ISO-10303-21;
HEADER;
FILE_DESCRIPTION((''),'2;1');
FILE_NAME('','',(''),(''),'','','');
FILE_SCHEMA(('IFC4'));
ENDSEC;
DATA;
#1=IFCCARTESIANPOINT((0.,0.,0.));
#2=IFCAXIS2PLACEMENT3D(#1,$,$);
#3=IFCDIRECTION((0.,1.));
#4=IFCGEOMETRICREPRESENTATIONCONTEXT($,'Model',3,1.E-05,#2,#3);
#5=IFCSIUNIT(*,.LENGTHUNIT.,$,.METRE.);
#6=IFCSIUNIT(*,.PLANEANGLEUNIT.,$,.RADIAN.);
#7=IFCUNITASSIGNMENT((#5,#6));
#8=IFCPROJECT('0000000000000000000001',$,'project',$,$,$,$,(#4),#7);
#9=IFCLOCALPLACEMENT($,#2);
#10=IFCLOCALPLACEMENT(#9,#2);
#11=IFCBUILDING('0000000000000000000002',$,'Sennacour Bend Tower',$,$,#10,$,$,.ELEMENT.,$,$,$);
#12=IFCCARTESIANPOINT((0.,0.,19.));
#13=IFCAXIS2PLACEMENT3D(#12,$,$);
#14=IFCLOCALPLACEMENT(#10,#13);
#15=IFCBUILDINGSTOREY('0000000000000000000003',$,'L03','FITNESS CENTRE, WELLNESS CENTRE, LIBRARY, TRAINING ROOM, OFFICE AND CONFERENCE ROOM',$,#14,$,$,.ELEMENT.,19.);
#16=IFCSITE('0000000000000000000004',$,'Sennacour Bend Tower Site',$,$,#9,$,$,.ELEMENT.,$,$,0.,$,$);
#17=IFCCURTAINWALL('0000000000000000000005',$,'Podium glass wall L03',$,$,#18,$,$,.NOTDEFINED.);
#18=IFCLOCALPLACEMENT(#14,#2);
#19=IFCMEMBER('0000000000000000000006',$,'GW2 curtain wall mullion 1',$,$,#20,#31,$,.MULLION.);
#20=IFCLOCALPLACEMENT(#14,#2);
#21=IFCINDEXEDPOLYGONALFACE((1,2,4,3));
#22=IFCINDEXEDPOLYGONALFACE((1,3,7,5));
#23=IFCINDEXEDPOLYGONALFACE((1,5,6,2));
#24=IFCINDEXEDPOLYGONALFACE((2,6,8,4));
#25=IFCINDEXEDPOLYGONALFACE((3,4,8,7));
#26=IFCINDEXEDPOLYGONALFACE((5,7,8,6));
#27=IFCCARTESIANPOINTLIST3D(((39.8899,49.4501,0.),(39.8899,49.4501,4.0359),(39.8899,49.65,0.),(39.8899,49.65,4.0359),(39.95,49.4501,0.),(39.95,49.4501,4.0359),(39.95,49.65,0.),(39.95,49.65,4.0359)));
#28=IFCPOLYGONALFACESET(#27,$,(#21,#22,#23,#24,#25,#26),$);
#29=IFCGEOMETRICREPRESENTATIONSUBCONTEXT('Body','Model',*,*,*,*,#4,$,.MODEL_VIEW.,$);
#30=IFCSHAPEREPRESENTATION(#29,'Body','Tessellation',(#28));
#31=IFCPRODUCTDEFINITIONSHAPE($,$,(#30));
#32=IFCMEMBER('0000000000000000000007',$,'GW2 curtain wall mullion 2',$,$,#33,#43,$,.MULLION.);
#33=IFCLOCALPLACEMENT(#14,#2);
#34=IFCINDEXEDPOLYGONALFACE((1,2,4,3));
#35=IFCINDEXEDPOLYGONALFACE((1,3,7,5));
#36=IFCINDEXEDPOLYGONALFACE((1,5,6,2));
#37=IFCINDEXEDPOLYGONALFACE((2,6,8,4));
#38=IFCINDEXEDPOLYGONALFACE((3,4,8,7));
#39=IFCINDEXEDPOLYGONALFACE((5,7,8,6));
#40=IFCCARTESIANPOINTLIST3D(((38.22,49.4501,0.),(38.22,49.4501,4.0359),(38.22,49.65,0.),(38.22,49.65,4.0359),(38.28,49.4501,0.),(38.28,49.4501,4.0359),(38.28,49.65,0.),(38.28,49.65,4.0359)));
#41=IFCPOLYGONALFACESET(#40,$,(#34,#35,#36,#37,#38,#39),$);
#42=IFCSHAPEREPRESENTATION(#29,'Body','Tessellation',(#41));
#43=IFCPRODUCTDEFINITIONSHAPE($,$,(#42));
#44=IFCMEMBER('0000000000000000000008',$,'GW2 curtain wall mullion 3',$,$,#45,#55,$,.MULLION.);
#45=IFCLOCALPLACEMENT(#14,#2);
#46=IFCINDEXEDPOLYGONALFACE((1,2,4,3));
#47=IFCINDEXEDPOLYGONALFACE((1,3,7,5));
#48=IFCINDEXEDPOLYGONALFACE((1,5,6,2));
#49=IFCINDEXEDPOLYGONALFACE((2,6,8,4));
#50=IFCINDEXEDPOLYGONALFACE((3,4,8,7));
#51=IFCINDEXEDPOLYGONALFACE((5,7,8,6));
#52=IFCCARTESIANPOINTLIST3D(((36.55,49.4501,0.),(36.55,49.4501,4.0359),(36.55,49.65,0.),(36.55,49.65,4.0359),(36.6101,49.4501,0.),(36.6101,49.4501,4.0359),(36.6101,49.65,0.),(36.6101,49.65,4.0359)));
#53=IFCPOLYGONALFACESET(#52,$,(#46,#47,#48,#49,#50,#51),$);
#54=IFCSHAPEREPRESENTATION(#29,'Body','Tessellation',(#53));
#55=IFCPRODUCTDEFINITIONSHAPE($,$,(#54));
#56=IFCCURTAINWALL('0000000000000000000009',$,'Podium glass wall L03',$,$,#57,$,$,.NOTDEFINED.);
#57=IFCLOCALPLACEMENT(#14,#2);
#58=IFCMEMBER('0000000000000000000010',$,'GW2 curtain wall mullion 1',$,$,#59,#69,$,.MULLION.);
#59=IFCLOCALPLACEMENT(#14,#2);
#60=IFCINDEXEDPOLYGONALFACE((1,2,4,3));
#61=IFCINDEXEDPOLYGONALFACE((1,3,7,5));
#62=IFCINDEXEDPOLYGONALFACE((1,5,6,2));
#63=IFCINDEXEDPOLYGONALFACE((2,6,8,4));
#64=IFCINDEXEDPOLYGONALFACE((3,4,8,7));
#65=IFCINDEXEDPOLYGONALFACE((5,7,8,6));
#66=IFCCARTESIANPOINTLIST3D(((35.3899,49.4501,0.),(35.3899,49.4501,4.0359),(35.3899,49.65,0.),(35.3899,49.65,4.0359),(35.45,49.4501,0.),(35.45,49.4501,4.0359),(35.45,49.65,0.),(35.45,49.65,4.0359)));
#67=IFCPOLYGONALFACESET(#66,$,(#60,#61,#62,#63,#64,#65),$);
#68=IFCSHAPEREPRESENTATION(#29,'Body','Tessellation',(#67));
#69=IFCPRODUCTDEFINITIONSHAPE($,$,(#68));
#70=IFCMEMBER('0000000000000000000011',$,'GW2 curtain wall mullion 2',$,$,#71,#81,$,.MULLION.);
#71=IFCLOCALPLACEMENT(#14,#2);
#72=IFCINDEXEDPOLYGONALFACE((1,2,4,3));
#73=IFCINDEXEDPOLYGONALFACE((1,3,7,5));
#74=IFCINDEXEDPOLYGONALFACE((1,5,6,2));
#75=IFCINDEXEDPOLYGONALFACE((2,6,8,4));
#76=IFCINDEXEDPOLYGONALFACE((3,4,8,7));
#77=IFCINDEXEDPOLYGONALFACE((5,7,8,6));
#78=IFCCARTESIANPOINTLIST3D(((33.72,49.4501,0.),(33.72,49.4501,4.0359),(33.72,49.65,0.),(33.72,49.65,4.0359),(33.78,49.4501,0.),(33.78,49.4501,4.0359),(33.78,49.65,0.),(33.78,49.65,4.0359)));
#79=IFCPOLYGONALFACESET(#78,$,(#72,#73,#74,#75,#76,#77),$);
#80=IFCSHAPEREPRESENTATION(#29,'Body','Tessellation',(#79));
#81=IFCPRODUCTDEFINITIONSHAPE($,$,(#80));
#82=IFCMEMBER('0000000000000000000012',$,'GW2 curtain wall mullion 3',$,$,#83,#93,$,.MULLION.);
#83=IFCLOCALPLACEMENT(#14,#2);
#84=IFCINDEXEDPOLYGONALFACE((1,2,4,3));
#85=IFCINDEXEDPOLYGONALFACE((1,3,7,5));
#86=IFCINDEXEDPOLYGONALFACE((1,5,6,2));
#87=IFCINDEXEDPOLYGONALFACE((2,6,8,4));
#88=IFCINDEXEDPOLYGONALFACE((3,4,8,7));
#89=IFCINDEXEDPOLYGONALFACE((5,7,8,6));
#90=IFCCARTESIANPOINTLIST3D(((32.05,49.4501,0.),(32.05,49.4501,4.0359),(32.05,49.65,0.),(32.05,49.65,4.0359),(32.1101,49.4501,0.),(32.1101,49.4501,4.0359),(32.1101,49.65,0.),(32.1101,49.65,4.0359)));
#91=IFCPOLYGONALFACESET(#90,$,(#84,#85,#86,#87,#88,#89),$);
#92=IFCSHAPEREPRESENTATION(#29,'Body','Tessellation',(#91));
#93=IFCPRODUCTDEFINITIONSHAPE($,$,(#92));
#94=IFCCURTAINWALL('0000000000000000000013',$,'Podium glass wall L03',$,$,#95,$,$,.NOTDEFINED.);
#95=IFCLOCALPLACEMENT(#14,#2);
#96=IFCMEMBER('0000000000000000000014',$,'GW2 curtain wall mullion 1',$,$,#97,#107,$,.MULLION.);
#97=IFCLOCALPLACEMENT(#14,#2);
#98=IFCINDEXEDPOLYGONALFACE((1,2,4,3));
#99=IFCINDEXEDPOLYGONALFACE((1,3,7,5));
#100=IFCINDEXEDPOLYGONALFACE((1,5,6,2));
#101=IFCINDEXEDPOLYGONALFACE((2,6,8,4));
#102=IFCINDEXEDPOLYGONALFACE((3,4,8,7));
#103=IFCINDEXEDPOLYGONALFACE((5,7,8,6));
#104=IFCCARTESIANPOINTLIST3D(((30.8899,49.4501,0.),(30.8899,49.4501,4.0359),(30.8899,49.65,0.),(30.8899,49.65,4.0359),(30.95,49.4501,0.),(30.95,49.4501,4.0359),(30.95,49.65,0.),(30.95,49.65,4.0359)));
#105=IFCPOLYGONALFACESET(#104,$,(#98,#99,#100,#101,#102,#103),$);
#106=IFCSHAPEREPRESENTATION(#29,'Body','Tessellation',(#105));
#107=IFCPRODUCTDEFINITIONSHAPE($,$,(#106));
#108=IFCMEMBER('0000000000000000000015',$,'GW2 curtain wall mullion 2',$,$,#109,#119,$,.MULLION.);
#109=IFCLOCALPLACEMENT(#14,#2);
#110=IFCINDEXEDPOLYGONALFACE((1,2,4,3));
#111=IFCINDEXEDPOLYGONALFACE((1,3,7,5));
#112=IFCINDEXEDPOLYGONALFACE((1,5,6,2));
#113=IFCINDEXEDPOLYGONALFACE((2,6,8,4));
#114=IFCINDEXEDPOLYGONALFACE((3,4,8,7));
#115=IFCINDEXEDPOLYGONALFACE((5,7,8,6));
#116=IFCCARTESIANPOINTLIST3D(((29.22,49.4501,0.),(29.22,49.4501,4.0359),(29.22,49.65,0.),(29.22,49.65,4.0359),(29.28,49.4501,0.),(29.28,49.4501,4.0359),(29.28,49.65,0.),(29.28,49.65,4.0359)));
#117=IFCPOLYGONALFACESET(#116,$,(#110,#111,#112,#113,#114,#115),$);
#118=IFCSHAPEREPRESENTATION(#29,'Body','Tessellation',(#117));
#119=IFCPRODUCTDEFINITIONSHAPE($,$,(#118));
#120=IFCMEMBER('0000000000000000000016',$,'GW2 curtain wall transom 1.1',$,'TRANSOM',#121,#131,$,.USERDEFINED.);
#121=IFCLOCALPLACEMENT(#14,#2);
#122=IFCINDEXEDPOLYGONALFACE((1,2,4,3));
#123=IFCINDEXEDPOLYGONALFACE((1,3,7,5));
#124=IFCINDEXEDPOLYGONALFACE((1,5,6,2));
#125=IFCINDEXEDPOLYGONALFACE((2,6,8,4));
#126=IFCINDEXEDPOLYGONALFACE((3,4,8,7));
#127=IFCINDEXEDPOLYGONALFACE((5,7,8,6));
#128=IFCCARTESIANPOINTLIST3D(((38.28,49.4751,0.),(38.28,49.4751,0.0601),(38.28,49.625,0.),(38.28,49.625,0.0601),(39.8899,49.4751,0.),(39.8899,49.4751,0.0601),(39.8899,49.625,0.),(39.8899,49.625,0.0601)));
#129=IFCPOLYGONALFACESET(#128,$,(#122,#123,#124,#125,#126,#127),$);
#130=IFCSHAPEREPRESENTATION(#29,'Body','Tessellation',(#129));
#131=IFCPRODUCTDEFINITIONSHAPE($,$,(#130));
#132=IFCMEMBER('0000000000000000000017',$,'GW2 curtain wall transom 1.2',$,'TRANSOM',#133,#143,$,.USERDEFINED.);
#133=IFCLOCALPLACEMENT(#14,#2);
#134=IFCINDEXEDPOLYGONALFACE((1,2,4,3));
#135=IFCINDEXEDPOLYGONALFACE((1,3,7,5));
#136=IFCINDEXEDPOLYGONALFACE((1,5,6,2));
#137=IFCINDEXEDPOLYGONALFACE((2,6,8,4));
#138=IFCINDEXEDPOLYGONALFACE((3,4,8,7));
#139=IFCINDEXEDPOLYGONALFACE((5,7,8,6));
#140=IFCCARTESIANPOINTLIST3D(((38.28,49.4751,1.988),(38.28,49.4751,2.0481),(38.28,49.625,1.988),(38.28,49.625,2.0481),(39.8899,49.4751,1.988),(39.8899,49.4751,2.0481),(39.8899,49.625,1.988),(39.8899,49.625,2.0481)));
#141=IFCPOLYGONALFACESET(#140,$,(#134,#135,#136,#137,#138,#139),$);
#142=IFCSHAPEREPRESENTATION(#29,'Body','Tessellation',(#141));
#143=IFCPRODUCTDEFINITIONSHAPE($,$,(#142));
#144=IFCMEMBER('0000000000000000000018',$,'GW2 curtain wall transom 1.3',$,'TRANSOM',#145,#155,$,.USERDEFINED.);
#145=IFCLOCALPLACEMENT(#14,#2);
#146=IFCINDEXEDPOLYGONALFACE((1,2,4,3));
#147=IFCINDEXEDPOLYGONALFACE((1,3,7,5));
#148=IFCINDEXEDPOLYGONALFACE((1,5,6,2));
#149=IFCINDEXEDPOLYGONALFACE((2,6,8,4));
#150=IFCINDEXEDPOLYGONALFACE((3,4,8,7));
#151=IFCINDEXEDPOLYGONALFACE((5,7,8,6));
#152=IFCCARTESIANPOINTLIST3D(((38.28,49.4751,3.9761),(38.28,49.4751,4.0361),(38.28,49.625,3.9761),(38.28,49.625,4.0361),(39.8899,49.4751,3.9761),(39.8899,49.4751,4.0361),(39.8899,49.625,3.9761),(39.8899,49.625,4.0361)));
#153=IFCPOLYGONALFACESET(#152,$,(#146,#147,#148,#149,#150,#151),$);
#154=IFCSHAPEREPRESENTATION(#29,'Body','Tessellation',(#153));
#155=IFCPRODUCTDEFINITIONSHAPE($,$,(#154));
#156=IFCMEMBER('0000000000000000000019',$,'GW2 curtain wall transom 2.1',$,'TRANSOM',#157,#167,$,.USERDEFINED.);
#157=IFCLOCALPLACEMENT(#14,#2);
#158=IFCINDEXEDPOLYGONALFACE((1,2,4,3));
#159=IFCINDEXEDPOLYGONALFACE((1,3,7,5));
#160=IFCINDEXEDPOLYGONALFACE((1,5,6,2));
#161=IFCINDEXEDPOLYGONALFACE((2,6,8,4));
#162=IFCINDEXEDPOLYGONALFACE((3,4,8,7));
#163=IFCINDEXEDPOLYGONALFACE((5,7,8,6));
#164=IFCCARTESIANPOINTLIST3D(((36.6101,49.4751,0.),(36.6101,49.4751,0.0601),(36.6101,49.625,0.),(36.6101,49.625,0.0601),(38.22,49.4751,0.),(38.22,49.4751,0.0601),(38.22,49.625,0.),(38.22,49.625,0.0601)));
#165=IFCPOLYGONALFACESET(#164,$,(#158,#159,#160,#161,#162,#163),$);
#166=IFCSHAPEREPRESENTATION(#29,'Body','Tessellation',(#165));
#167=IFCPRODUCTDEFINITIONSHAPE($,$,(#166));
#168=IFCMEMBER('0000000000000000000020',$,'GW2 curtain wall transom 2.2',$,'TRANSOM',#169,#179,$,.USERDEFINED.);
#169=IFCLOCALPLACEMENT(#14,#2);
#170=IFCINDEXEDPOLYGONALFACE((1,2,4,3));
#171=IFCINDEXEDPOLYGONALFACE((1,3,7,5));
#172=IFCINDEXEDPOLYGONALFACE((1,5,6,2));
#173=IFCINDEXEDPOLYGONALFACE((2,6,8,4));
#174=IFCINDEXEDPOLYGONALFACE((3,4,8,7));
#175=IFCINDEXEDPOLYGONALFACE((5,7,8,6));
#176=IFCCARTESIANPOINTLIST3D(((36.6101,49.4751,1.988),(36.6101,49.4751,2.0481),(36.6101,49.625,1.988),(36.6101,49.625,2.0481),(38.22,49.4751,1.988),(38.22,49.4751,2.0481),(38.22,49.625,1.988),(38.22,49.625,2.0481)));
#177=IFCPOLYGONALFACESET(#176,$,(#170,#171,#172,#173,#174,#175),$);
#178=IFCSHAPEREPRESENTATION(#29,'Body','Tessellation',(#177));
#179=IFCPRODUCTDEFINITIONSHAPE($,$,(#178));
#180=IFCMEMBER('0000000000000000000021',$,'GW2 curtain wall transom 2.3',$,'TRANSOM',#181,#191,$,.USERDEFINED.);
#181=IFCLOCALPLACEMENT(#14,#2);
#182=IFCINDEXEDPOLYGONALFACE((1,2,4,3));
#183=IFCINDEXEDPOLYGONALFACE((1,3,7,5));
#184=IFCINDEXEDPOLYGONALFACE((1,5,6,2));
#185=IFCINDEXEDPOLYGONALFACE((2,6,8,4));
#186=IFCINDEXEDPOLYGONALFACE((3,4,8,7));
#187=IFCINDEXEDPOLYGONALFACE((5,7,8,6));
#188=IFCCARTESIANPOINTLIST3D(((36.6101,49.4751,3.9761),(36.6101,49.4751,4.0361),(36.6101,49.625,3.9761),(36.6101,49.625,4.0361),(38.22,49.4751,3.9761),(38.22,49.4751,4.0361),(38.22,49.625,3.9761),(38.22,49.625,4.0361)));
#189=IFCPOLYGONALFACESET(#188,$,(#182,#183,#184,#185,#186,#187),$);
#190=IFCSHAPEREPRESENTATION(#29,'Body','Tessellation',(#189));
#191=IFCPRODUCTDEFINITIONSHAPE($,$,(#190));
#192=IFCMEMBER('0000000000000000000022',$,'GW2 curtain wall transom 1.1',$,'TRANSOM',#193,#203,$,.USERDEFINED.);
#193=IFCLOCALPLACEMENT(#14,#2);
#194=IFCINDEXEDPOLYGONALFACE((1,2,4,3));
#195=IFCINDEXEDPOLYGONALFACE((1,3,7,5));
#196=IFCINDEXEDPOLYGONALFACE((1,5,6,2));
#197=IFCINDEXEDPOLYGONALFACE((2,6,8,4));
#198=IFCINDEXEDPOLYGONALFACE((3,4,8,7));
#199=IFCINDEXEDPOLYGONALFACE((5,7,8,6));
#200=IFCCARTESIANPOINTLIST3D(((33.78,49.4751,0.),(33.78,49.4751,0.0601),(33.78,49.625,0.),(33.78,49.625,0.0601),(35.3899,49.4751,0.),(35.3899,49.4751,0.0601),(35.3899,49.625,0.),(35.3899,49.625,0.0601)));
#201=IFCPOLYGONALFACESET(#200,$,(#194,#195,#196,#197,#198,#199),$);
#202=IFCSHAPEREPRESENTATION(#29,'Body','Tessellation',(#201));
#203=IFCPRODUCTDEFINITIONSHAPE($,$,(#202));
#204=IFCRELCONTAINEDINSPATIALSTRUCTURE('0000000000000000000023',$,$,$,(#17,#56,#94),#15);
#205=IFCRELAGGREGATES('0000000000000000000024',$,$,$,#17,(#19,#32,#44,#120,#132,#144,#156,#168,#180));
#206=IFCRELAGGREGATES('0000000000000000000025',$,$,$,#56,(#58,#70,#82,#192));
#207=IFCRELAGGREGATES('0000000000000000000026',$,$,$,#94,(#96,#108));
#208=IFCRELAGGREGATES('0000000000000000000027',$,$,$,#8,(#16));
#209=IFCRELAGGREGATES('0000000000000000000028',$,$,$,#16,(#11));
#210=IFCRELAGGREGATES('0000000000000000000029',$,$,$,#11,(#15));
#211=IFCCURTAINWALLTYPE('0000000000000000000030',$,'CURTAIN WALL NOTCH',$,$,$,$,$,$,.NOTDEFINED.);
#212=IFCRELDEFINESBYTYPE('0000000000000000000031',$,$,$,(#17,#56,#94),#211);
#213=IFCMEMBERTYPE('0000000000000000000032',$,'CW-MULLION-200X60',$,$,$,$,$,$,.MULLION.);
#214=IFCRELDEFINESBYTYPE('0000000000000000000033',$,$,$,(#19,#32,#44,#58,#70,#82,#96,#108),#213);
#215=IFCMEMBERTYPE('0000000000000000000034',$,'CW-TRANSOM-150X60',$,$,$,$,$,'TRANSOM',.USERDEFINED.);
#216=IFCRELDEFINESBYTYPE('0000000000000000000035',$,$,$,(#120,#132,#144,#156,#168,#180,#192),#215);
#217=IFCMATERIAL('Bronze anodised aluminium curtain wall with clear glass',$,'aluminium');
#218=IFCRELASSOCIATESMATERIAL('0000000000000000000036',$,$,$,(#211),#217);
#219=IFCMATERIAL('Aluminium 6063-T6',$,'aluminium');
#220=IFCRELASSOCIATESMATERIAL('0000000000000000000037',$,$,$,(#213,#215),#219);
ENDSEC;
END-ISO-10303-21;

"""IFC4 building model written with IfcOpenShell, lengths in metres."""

from ifc_helpers import new_model, si_unit, direction, frame, origin, origin_2d, place, context, subcontext, project, spatial, rectangle, extrude, material, material_profile, profile_set, type_object, element, aggregate, save


model = new_model("IFC4")

# Units and contexts
model_context = context("Model", 3, precision=1e-05, world=origin(), true_north=direction((0.0, 1.0)))
body_context = subcontext(model_context, "Body", "Model", "MODEL_VIEW")
ifc_project = project(units=[si_unit("LENGTHUNIT", "METRE"), si_unit("PLANEANGLEUNIT", "RADIAN")], contexts=[model_context])

# Site, building, storey
site_placement = place(None, origin())
site = spatial("IfcSite", under=ifc_project, at=site_placement, Name="Sennacour Bend Tower Site", CompositionType="ELEMENT", RefElevation=0.0)
building_placement = place(site_placement, origin())
building = spatial("IfcBuilding", under=site, at=building_placement, Name="Sennacour Bend Tower", CompositionType="ELEMENT")
storey_placement = place(building_placement, frame((0.0, 0.0, 19.0)))
storey = spatial("IfcBuildingStorey", under=building, at=storey_placement, Name="L03", Description="FITNESS CENTRE, WELLNESS CENTRE, LIBRARY, TRAINING ROOM, OFFICE AND CONFERENCE ROOM", CompositionType="ELEMENT", Elevation=19.0)

# Curtain walls, members
ifc_material_1 = material(Name="Bronze anodised aluminium curtain wall with clear glass", Category="aluminium")
curtain_wall_type = type_object("IfcCurtainWallType", Name="CURTAIN WALL NOTCH", PredefinedType="NOTDEFINED", material=ifc_material_1)
curtain_wall_1_placement = place(storey_placement, origin())
curtain_wall_1 = element("IfcCurtainWall", 1, at=curtain_wall_1_placement, inside=storey, type_object=curtain_wall_type, Name="Podium glass wall L03", PredefinedType="NOTDEFINED")
ifc_material_2 = material(Name="Aluminium 6063-T6", Category="aluminium")
ifc_material_profile_1 = material_profile(ifc_material_2, rectangle(XDim=0.2, YDim=0.0601, at=origin_2d()), Name="Aluminium 6063-T6", Category="aluminium")
ifc_profile_set_1 = profile_set([ifc_material_profile_1], Name="Aluminium 6063-T6")
member_type_1 = type_object("IfcMemberType", Name="CW-MULLION-200X60", PredefinedType="MULLION", material=ifc_profile_set_1)
member_1_placement = place(storey_placement, frame((39.9199, 49.55, 0.0), z_axis=(0.0, 0.0, 1.0), x_axis=(0.0, -1.0, 0.0)))
member_1 = element("IfcMember", 2, at=member_1_placement, type_object=member_type_1, Name="GW2 curtain wall mullion 1", PredefinedType="MULLION", context=body_context, shape_type="SweptSolid", body=[
    extrude(rectangle(XDim=0.2, YDim=0.0601, at=origin_2d()), origin(), (0.0, 0.0, 1.0), 4.0359),
])
member_2_placement = place(storey_placement, frame((38.25, 49.55, 0.0), z_axis=(0.0, 0.0, 1.0), x_axis=(0.0, -1.0, 0.0)))
member_2 = element("IfcMember", 3, at=member_2_placement, type_object=member_type_1, Name="GW2 curtain wall mullion 2", PredefinedType="MULLION", context=body_context, shape_type="SweptSolid", body=[
    extrude(rectangle(XDim=0.2, YDim=0.0601, at=origin_2d()), origin(), (0.0, 0.0, 1.0), 4.0359),
])
member_3_placement = place(storey_placement, frame((36.5801, 49.55, 0.0), z_axis=(0.0, 0.0, 1.0), x_axis=(0.0, -1.0, 0.0)))
member_3 = element("IfcMember", 4, at=member_3_placement, type_object=member_type_1, Name="GW2 curtain wall mullion 3", PredefinedType="MULLION", context=body_context, shape_type="SweptSolid", body=[
    extrude(rectangle(XDim=0.2, YDim=0.0601, at=origin_2d()), origin(), (0.0, 0.0, 1.0), 4.0359),
])
curtain_wall_2_placement = place(storey_placement, origin())
curtain_wall_2 = element("IfcCurtainWall", 5, at=curtain_wall_2_placement, inside=storey, type_object=curtain_wall_type, Name="Podium glass wall L03", PredefinedType="NOTDEFINED")
member_4_placement = place(storey_placement, frame((35.4199, 49.55, 0.0), z_axis=(0.0, 0.0, 1.0), x_axis=(0.0, -1.0, 0.0)))
member_4 = element("IfcMember", 6, at=member_4_placement, type_object=member_type_1, Name="GW2 curtain wall mullion 1", PredefinedType="MULLION", context=body_context, shape_type="SweptSolid", body=[
    extrude(rectangle(XDim=0.2, YDim=0.0601, at=origin_2d()), origin(), (0.0, 0.0, 1.0), 4.0359),
])
member_5_placement = place(storey_placement, frame((33.75, 49.55, 0.0), z_axis=(0.0, 0.0, 1.0), x_axis=(0.0, -1.0, 0.0)))
member_5 = element("IfcMember", 7, at=member_5_placement, type_object=member_type_1, Name="GW2 curtain wall mullion 2", PredefinedType="MULLION", context=body_context, shape_type="SweptSolid", body=[
    extrude(rectangle(XDim=0.2, YDim=0.0601, at=origin_2d()), origin(), (0.0, 0.0, 1.0), 4.0359),
])
member_6_placement = place(storey_placement, frame((32.0801, 49.55, 0.0), z_axis=(0.0, 0.0, 1.0), x_axis=(0.0, -1.0, 0.0)))
member_6 = element("IfcMember", 8, at=member_6_placement, type_object=member_type_1, Name="GW2 curtain wall mullion 3", PredefinedType="MULLION", context=body_context, shape_type="SweptSolid", body=[
    extrude(rectangle(XDim=0.2, YDim=0.0601, at=origin_2d()), origin(), (0.0, 0.0, 1.0), 4.0359),
])
curtain_wall_3_placement = place(storey_placement, origin())
curtain_wall_3 = element("IfcCurtainWall", 9, at=curtain_wall_3_placement, inside=storey, type_object=curtain_wall_type, Name="Podium glass wall L03", PredefinedType="NOTDEFINED")
member_7_placement = place(storey_placement, frame((30.9199, 49.55, 0.0), z_axis=(0.0, 0.0, 1.0), x_axis=(0.0, -1.0, 0.0)))
member_7 = element("IfcMember", 10, at=member_7_placement, type_object=member_type_1, Name="GW2 curtain wall mullion 1", PredefinedType="MULLION", context=body_context, shape_type="SweptSolid", body=[
    extrude(rectangle(XDim=0.2, YDim=0.0601, at=origin_2d()), origin(), (0.0, 0.0, 1.0), 4.0359),
])
member_8_placement = place(storey_placement, frame((29.25, 49.55, 0.0), z_axis=(0.0, 0.0, 1.0), x_axis=(0.0, -1.0, 0.0)))
member_8 = element("IfcMember", 11, at=member_8_placement, type_object=member_type_1, Name="GW2 curtain wall mullion 2", PredefinedType="MULLION", context=body_context, shape_type="SweptSolid", body=[
    extrude(rectangle(XDim=0.2, YDim=0.0601, at=origin_2d()), origin(), (0.0, 0.0, 1.0), 4.0359),
])

# Members
ifc_material_profile_2 = material_profile(ifc_material_2, rectangle(XDim=0.1499, YDim=0.0601, at=origin_2d()), Name="Aluminium 6063-T6", Category="aluminium")
ifc_profile_set_2 = profile_set([ifc_material_profile_2], Name="Aluminium 6063-T6")
member_type_2 = type_object("IfcMemberType", Name="CW-TRANSOM-150X60", ElementType="TRANSOM", PredefinedType="USERDEFINED", material=ifc_profile_set_2)
member_9_placement = place(storey_placement, frame((39.8899, 49.55, 0.03), z_axis=(-1.0, 0.0, 0.0), x_axis=(0.0, -1.0, 0.0)))
member_9 = element("IfcMember", 12, at=member_9_placement, type_object=member_type_2, Name="GW2 curtain wall transom 1.1", ObjectType="TRANSOM", PredefinedType="USERDEFINED", context=body_context, shape_type="SweptSolid", body=[
    extrude(rectangle(XDim=0.1499, YDim=0.0601, at=origin_2d()), origin(), (0.0, 0.0, 1.0), 1.6099),
])
member_10_placement = place(storey_placement, frame((39.8899, 49.55, 2.0181), z_axis=(-1.0, 0.0, 0.0), x_axis=(0.0, -1.0, 0.0)))
member_10 = element("IfcMember", 13, at=member_10_placement, type_object=member_type_2, Name="GW2 curtain wall transom 1.2", ObjectType="TRANSOM", PredefinedType="USERDEFINED", context=body_context, shape_type="SweptSolid", body=[
    extrude(rectangle(XDim=0.1499, YDim=0.0601, at=origin_2d()), origin(), (0.0, 0.0, 1.0), 1.6099),
])
member_11_placement = place(storey_placement, frame((39.8899, 49.55, 4.0061), z_axis=(-1.0, 0.0, 0.0), x_axis=(0.0, -1.0, 0.0)))
member_11 = element("IfcMember", 14, at=member_11_placement, type_object=member_type_2, Name="GW2 curtain wall transom 1.3", ObjectType="TRANSOM", PredefinedType="USERDEFINED", context=body_context, shape_type="SweptSolid", body=[
    extrude(rectangle(XDim=0.1499, YDim=0.0601, at=origin_2d()), origin(), (0.0, 0.0, 1.0), 1.6099),
])
member_12_placement = place(storey_placement, frame((38.22, 49.55, 0.03), z_axis=(-1.0, 0.0, 0.0), x_axis=(0.0, -1.0, 0.0)))
member_12 = element("IfcMember", 15, at=member_12_placement, type_object=member_type_2, Name="GW2 curtain wall transom 2.1", ObjectType="TRANSOM", PredefinedType="USERDEFINED", context=body_context, shape_type="SweptSolid", body=[
    extrude(rectangle(XDim=0.1499, YDim=0.0601, at=origin_2d()), origin(), (0.0, 0.0, 1.0), 1.6099),
])
member_13_placement = place(storey_placement, frame((38.22, 49.55, 2.0181), z_axis=(-1.0, 0.0, 0.0), x_axis=(0.0, -1.0, 0.0)))
member_13 = element("IfcMember", 16, at=member_13_placement, type_object=member_type_2, Name="GW2 curtain wall transom 2.2", ObjectType="TRANSOM", PredefinedType="USERDEFINED", context=body_context, shape_type="SweptSolid", body=[
    extrude(rectangle(XDim=0.1499, YDim=0.0601, at=origin_2d()), origin(), (0.0, 0.0, 1.0), 1.6099),
])
member_14_placement = place(storey_placement, frame((38.22, 49.55, 4.0061), z_axis=(-1.0, 0.0, 0.0), x_axis=(0.0, -1.0, 0.0)))
member_14 = element("IfcMember", 17, at=member_14_placement, type_object=member_type_2, Name="GW2 curtain wall transom 2.3", ObjectType="TRANSOM", PredefinedType="USERDEFINED", context=body_context, shape_type="SweptSolid", body=[
    extrude(rectangle(XDim=0.1499, YDim=0.0601, at=origin_2d()), origin(), (0.0, 0.0, 1.0), 1.6099),
])
member_15_placement = place(storey_placement, frame((35.3899, 49.55, 0.03), z_axis=(-1.0, 0.0, 0.0), x_axis=(0.0, -1.0, 0.0)))
member_15 = element("IfcMember", 18, at=member_15_placement, type_object=member_type_2, Name="GW2 curtain wall transom 1.1", ObjectType="TRANSOM", PredefinedType="USERDEFINED", context=body_context, shape_type="SweptSolid", body=[
    extrude(rectangle(XDim=0.1499, YDim=0.0601, at=origin_2d()), origin(), (0.0, 0.0, 1.0), 1.6099),
])

aggregate(curtain_wall_1, [member_1, member_2, member_3, member_9, member_10, member_11, member_12, member_13, member_14])
aggregate(curtain_wall_2, [member_4, member_5, member_6, member_15])
aggregate(curtain_wall_3, [member_7, member_8])

save(model, "model.ifc")
